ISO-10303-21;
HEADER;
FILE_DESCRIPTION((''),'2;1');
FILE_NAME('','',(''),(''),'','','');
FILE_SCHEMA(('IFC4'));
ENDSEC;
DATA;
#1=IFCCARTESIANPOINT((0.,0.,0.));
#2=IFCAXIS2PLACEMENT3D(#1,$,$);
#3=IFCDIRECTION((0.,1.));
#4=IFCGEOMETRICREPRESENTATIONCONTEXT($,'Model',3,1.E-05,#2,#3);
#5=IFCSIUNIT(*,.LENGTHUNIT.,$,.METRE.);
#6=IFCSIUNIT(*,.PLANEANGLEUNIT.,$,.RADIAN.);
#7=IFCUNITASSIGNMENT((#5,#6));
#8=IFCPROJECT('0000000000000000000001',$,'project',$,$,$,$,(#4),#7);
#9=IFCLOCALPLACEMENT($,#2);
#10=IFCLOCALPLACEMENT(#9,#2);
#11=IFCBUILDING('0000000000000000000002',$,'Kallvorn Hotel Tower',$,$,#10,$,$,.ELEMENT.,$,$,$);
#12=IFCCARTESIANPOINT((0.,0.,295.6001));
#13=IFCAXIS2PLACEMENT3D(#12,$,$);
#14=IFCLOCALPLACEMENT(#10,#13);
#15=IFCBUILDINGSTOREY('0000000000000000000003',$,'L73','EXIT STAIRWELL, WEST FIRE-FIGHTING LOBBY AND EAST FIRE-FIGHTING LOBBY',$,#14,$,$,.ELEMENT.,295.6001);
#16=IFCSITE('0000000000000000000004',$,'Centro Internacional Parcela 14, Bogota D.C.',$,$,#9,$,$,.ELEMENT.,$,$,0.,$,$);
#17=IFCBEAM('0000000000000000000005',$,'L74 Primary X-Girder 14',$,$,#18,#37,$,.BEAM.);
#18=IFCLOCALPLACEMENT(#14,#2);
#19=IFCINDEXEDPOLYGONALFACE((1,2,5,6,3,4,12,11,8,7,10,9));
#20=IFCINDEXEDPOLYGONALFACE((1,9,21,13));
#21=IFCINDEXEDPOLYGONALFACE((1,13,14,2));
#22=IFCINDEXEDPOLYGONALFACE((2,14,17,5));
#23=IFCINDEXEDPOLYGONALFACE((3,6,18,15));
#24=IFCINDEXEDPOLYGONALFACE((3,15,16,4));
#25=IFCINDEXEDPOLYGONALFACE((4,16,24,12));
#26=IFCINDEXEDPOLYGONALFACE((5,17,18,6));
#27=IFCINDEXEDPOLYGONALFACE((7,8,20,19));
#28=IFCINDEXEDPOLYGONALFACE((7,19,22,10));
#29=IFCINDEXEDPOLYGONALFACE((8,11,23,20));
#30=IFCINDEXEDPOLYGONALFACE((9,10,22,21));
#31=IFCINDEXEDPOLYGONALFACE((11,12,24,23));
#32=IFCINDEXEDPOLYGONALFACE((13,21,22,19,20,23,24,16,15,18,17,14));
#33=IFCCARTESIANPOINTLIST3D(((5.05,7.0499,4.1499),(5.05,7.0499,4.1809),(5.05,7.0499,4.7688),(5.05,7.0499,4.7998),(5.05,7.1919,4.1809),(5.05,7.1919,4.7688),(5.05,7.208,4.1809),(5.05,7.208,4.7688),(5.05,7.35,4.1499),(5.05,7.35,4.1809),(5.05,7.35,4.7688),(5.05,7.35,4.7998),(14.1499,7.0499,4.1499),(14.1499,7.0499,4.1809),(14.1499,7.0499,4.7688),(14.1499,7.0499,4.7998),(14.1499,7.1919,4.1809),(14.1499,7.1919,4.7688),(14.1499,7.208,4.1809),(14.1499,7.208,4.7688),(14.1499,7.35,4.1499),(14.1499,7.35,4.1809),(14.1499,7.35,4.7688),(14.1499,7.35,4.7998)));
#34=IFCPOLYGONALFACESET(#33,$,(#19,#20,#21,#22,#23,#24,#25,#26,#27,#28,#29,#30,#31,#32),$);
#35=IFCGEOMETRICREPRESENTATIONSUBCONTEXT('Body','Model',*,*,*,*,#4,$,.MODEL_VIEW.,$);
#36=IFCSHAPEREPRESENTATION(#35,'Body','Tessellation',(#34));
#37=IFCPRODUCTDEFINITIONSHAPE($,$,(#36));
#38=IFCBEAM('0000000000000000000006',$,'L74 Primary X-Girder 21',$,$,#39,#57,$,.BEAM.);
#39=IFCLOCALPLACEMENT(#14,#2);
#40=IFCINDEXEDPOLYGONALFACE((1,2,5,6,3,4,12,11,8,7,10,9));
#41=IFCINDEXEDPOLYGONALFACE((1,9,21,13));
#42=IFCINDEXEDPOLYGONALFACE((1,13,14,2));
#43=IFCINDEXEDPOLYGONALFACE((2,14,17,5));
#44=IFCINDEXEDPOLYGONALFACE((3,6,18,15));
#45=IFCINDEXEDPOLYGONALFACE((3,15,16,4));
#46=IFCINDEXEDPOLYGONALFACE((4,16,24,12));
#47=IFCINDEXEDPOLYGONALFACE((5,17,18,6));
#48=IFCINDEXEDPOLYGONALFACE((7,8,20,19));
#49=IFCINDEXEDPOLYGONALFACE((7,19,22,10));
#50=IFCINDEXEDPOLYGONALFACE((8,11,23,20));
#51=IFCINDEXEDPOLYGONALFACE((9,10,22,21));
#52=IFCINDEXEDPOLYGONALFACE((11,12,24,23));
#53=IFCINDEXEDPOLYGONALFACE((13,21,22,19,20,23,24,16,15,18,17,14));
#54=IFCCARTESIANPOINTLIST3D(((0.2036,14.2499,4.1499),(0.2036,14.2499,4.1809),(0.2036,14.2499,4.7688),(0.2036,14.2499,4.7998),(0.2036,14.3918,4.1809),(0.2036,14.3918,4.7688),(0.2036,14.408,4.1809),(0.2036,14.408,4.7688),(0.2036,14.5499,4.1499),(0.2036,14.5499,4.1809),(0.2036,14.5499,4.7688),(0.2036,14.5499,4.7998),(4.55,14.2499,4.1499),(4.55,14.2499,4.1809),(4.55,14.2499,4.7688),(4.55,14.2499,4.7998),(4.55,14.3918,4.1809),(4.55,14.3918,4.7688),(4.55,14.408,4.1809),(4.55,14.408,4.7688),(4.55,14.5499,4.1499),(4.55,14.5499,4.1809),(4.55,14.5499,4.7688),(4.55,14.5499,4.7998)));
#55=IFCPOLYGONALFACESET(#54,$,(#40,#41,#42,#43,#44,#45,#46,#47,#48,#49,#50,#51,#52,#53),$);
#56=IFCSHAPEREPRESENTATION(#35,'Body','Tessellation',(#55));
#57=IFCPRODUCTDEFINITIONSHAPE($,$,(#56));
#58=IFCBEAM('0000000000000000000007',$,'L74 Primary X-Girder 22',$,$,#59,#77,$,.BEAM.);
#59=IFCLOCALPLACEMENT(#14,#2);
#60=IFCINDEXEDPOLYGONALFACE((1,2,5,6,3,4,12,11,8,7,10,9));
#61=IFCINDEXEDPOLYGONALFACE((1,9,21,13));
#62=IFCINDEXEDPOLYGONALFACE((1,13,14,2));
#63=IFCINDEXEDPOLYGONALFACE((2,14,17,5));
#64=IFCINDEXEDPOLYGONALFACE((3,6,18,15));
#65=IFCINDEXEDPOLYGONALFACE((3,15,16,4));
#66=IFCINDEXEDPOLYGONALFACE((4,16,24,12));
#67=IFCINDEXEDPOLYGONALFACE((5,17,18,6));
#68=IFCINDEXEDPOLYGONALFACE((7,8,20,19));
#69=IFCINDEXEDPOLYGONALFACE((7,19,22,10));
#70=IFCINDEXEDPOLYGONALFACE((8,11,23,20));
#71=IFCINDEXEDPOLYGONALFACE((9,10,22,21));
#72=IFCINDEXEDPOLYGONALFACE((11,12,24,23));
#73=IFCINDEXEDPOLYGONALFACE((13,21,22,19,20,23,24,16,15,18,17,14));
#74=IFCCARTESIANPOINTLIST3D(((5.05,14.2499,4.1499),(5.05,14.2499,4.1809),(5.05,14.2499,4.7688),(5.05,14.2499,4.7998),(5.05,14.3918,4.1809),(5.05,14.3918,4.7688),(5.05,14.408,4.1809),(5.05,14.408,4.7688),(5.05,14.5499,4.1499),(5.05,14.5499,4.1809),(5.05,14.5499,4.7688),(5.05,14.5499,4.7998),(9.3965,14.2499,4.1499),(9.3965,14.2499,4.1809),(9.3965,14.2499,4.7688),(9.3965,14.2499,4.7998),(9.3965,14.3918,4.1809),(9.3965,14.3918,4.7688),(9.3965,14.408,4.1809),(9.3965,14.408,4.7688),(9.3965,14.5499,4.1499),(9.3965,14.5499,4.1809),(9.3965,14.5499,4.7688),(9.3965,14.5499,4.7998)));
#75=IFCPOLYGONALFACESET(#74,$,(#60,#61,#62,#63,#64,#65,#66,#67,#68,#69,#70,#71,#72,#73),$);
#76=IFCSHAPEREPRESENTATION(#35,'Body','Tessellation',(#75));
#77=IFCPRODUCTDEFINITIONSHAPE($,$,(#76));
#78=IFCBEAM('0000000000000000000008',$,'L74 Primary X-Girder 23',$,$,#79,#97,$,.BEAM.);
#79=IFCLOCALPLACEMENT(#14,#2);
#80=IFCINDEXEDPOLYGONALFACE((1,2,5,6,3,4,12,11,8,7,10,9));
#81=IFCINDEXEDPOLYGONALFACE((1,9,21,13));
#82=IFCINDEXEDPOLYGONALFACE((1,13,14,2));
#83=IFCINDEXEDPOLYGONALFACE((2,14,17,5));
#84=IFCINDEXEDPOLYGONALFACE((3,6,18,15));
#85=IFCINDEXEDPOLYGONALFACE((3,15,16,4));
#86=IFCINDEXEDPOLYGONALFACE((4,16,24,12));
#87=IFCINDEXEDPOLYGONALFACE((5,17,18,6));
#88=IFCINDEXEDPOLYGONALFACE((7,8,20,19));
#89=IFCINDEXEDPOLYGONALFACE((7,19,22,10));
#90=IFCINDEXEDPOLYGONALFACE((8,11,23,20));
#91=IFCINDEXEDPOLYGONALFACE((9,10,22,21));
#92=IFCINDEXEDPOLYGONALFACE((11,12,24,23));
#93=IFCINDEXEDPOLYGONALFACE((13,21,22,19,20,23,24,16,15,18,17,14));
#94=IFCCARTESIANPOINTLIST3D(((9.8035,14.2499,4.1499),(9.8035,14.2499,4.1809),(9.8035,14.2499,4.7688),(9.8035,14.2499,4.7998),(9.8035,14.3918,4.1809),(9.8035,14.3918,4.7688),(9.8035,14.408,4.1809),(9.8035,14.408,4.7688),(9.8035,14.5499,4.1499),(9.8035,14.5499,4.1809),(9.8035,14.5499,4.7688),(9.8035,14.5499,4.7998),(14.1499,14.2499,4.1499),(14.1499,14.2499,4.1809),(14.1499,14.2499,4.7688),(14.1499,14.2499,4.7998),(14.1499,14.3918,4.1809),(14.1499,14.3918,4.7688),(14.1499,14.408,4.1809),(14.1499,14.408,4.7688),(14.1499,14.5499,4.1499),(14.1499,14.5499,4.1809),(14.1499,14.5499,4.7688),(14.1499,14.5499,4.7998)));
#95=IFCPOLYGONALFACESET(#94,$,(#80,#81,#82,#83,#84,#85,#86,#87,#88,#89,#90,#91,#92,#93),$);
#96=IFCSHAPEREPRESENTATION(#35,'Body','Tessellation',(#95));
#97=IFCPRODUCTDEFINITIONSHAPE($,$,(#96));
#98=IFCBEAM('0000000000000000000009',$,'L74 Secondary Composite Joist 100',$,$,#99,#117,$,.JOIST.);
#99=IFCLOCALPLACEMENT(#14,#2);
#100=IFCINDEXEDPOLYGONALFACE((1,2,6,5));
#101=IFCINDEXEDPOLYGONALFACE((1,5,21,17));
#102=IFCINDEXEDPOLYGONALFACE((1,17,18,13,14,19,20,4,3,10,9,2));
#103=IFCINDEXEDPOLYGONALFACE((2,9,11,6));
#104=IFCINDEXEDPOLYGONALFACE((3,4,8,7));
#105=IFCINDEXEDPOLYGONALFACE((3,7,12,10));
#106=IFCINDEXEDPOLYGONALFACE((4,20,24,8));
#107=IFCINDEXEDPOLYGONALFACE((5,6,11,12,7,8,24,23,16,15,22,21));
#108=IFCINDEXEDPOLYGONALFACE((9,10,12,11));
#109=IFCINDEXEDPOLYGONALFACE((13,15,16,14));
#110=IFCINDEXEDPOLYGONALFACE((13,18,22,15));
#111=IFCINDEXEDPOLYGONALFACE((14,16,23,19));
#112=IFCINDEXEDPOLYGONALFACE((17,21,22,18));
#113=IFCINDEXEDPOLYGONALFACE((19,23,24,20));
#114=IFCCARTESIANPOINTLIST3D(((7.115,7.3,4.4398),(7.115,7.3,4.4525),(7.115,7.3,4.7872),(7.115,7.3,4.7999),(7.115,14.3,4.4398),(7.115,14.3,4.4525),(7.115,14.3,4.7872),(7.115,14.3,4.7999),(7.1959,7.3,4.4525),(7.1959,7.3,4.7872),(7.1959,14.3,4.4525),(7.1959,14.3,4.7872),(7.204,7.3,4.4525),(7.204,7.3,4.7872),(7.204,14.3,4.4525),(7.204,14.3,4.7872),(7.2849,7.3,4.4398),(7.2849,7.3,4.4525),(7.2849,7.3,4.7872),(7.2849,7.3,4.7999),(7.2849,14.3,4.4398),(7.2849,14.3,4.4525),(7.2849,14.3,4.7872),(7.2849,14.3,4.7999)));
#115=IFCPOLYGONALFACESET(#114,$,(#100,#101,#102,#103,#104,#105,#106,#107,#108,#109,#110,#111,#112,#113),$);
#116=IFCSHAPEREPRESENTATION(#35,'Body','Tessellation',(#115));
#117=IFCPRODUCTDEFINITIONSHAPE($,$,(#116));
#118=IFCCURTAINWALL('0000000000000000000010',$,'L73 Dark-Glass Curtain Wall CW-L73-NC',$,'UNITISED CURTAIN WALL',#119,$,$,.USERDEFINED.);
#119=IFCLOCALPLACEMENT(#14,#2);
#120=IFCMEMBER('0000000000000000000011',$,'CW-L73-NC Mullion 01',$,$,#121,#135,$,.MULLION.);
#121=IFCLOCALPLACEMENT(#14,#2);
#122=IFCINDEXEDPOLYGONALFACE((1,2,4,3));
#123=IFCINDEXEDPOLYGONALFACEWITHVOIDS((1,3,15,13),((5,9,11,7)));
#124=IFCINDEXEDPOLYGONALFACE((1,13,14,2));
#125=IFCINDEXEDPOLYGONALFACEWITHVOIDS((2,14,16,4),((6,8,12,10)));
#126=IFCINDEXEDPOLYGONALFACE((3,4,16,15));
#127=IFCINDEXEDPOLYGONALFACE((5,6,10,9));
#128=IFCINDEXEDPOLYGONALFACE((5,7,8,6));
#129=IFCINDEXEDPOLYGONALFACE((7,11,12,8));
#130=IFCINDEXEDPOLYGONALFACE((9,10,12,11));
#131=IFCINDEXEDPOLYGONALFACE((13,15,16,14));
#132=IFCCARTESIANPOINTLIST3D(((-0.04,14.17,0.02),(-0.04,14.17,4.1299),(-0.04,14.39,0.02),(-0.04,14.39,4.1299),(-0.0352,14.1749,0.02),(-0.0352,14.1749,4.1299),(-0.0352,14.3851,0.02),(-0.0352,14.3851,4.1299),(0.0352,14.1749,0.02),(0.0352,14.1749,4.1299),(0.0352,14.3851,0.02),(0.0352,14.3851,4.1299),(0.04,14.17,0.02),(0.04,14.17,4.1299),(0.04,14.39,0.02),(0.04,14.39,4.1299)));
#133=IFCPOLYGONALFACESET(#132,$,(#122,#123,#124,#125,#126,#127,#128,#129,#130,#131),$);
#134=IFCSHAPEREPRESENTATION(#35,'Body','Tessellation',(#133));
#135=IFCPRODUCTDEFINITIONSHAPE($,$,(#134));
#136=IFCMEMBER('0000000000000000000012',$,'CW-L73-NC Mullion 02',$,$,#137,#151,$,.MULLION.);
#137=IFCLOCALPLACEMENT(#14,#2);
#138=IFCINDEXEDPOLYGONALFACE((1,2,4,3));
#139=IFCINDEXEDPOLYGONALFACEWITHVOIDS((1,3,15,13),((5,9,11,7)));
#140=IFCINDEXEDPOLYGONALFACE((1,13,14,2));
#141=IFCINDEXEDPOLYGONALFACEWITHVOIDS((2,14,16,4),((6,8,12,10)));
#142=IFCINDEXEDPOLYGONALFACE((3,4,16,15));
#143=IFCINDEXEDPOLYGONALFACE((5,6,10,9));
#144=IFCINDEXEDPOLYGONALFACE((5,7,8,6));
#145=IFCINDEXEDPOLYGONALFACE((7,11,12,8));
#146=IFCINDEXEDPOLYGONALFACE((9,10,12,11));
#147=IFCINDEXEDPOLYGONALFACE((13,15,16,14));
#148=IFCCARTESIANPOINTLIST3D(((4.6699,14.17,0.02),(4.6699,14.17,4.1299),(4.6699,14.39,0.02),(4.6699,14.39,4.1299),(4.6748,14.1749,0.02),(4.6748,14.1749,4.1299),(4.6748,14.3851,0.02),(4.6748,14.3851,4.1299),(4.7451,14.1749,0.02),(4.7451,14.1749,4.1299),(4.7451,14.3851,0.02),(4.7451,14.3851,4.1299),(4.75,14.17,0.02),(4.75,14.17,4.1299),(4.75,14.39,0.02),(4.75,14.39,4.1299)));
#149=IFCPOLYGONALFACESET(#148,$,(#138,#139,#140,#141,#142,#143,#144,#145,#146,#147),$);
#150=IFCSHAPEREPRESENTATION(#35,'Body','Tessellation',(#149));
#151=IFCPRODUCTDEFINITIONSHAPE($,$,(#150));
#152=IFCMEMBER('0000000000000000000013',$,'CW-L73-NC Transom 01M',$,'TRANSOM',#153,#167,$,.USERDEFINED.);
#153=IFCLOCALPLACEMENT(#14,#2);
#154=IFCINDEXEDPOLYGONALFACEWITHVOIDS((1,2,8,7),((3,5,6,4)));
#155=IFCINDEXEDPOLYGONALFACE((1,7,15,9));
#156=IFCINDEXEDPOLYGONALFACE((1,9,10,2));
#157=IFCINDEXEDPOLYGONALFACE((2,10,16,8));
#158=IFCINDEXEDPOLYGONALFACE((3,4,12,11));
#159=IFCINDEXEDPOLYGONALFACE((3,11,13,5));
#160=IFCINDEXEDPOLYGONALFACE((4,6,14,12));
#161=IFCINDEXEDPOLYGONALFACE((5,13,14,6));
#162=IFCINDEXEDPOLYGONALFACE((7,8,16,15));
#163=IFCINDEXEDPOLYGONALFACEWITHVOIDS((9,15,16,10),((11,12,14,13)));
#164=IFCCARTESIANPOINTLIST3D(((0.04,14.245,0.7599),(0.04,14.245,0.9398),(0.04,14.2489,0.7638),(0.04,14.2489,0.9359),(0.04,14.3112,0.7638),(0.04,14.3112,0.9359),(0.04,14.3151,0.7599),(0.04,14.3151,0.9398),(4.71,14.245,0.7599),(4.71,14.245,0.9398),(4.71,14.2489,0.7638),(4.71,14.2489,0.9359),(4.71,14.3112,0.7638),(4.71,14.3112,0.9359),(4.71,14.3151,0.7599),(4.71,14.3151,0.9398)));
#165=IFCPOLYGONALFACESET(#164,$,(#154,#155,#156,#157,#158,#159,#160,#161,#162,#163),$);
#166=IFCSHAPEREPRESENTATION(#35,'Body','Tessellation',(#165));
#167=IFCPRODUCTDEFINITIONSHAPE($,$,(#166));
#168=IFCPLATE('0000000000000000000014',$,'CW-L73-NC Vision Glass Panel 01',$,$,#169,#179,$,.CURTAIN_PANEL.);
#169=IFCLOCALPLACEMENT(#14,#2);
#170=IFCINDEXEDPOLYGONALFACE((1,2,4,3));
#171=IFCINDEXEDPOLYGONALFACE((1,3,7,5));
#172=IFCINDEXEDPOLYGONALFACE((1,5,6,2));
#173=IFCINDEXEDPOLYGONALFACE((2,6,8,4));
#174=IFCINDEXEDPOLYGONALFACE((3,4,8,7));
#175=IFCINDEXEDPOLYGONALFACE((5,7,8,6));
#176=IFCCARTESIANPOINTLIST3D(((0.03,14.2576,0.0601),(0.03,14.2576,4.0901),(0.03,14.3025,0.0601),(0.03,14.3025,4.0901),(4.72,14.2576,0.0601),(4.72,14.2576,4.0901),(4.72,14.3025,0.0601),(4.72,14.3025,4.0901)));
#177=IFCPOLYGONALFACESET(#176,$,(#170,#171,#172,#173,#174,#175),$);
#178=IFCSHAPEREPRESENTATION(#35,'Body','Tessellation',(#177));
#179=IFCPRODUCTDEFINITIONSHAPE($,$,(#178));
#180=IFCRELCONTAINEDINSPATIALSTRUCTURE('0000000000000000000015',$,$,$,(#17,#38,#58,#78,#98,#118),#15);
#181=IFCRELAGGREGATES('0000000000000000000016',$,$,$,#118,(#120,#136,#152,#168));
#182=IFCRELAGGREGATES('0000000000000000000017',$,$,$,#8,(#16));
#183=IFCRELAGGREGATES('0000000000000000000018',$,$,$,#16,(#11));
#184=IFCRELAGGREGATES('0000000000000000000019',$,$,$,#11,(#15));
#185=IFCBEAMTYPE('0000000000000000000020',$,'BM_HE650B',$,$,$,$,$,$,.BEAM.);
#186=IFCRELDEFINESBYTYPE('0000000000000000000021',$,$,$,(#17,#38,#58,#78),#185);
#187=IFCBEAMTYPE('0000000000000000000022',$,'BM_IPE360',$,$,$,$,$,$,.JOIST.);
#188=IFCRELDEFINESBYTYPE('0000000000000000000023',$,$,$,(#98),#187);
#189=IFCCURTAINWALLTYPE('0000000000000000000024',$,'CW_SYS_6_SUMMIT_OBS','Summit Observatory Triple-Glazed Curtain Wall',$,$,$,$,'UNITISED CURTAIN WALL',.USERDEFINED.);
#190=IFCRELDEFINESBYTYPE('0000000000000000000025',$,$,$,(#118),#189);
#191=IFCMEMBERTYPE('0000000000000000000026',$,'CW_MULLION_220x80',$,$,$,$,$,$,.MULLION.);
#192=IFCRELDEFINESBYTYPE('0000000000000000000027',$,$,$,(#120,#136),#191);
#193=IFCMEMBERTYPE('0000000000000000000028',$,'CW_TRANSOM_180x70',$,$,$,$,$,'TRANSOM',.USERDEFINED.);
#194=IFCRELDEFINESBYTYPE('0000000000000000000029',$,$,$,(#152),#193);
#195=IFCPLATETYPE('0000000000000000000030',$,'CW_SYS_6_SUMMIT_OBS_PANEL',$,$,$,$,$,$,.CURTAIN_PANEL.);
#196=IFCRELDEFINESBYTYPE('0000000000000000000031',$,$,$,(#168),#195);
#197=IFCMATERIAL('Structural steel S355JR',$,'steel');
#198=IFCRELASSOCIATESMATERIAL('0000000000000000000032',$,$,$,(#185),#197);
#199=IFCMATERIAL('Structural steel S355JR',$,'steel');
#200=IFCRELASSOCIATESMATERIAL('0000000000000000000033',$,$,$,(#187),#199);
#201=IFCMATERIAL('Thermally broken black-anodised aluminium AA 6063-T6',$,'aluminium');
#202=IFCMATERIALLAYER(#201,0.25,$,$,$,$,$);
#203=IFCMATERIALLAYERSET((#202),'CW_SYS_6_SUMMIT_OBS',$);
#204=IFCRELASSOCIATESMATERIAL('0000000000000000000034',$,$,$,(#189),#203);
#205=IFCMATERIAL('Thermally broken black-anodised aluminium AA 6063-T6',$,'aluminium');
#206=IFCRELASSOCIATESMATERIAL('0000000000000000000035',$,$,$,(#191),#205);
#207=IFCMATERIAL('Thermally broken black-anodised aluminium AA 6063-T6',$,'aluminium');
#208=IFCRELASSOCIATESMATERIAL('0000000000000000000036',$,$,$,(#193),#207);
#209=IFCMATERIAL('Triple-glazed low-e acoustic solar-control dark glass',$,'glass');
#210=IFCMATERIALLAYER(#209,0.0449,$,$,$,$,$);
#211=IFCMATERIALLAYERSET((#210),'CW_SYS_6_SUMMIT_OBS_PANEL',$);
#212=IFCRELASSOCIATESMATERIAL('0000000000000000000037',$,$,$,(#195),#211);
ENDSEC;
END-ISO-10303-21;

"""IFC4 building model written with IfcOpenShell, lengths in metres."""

from ifc_helpers import new_model, si_unit, direction, frame, origin, origin_2d, place, context, subcontext, project, spatial, rectangle, hollow_rectangle, i_section, extrude, material, layer, layer_set, material_profile, profile_set, type_object, element, aggregate, save


model = new_model("IFC4")

# Units and contexts
model_context = context("Model", 3, precision=1e-05, world=origin(), true_north=direction((0.0, 1.0)))
body_context = subcontext(model_context, "Body", "Model", "MODEL_VIEW")
ifc_project = project(units=[si_unit("LENGTHUNIT", "METRE"), si_unit("PLANEANGLEUNIT", "RADIAN")], contexts=[model_context])

# Site, building, storey
site_placement = place(None, origin())
site = spatial("IfcSite", under=ifc_project, at=site_placement, Name="Centro Internacional Parcela 14, Bogota D.C.", CompositionType="ELEMENT", RefElevation=0.0)
building_placement = place(site_placement, origin())
building = spatial("IfcBuilding", under=site, at=building_placement, Name="Kallvorn Hotel Tower", CompositionType="ELEMENT")
storey_placement = place(building_placement, frame((0.0, 0.0, 295.6001)))
storey = spatial("IfcBuildingStorey", under=building, at=storey_placement, Name="L73", Description="EXIT STAIRWELL, WEST FIRE-FIGHTING LOBBY AND EAST FIRE-FIGHTING LOBBY", CompositionType="ELEMENT", Elevation=295.6001)

# Beams
ifc_material_1 = material(Name="Structural steel S355JR", Category="steel")
ifc_material_profile_1 = material_profile(ifc_material_1, i_section(OverallWidth=0.3, OverallDepth=0.6499, WebThickness=0.0161, FlangeThickness=0.031, at=origin_2d()), Name="HE 650 B")
ifc_profile_set_1 = profile_set([ifc_material_profile_1], Name="Structural steel S355JR")
beam_type_1 = type_object("IfcBeamType", Name="BM_HE650B", PredefinedType="BEAM", material=ifc_profile_set_1)
beam_1_placement = place(storey_placement, frame((5.05, 7.2, 4.4749), z_axis=(1.0, 0.0, 0.0), x_axis=(0.0, 1.0, 0.0)))
element("IfcBeam", 1, at=beam_1_placement, inside=storey, type_object=beam_type_1, Name="L74 Primary X-Girder 14", PredefinedType="BEAM", context=body_context, shape_type="SweptSolid", body=[
    extrude(i_section(OverallWidth=0.3, OverallDepth=0.6499, WebThickness=0.0161, FlangeThickness=0.031, at=origin_2d()), origin(), (0.0, 0.0, 1.0), 9.0999),
])
for number, where, z_axis, x_axis, name in (
    (2, (0.2036, 14.3999, 4.4749), (1.0, 0.0, 0.0), (0.0, 1.0, 0.0), "L74 Primary X-Girder 21"),
    (3, (5.05, 14.3999, 4.4749), (1.0, 0.0, 0.0), (0.0, 1.0, 0.0), "L74 Primary X-Girder 22"),
    (4, (9.8035, 14.3999, 4.4749), (1.0, 0.0, 0.0), (0.0, 1.0, 0.0), "L74 Primary X-Girder 23"),
):
    element("IfcBeam", number, at=place(storey_placement, frame(where, z_axis=z_axis, x_axis=x_axis)), inside=storey, type_object=beam_type_1, Name=name, PredefinedType="BEAM", context=body_context, shape_type="SweptSolid", body=[
        extrude(i_section(OverallWidth=0.3, OverallDepth=0.6499, WebThickness=0.0161, FlangeThickness=0.031, at=origin_2d()), origin(), (0.0, 0.0, 1.0), 4.3464),
    ])
ifc_material_2 = material(Name="Structural steel S355JR", Category="steel")
ifc_material_profile_2 = material_profile(ifc_material_2, i_section(OverallWidth=0.1699, OverallDepth=0.3601, WebThickness=0.0081, FlangeThickness=0.0127, at=origin_2d()), Name="IPE 360")
ifc_profile_set_2 = profile_set([ifc_material_profile_2], Name="Structural steel S355JR")
beam_type_2 = type_object("IfcBeamType", Name="BM_IPE360", PredefinedType="JOIST", material=ifc_profile_set_2)
beam_2_placement = place(storey_placement, frame((7.2, 7.3, 4.6199), z_axis=(0.0, 1.0, 0.0), x_axis=(-1.0, 0.0, 0.0)))
element("IfcBeam", 5, at=beam_2_placement, inside=storey, type_object=beam_type_2, Name="L74 Secondary Composite Joist 100", PredefinedType="JOIST", context=body_context, shape_type="SweptSolid", body=[
    extrude(i_section(OverallWidth=0.1699, OverallDepth=0.3601, WebThickness=0.0081, FlangeThickness=0.0127, at=origin_2d()), origin(), (0.0, 0.0, 1.0), 7.0),
])

# Curtain wall, members, plate
ifc_material_3 = material(Name="Thermally broken black-anodised aluminium AA 6063-T6", Category="aluminium")
ifc_layer_1 = layer(ifc_material_3, 0.25)
ifc_layer_set_1 = layer_set([ifc_layer_1], Name="CW_SYS_6_SUMMIT_OBS")
curtain_wall_type = type_object("IfcCurtainWallType", Name="CW_SYS_6_SUMMIT_OBS", Description="Summit Observatory Triple-Glazed Curtain Wall", ElementType="UNITISED CURTAIN WALL", PredefinedType="USERDEFINED", material=ifc_layer_set_1)
curtain_wall_placement = place(storey_placement, origin())
curtain_wall = element("IfcCurtainWall", 6, at=curtain_wall_placement, inside=storey, type_object=curtain_wall_type, Name="L73 Dark-Glass Curtain Wall CW-L73-NC", ObjectType="UNITISED CURTAIN WALL", PredefinedType="USERDEFINED")
ifc_material_4 = material(Name="Thermally broken black-anodised aluminium AA 6063-T6", Category="aluminium")
ifc_material_profile_3 = material_profile(ifc_material_4, hollow_rectangle(XDim=0.0801, YDim=0.22, WallThickness=0.0049, at=origin_2d()), Name="MUL 220x80")
ifc_profile_set_3 = profile_set([ifc_material_profile_3], Name="Thermally broken black-anodised aluminium AA 6063-T6")
member_type_1 = type_object("IfcMemberType", Name="CW_MULLION_220x80", PredefinedType="MULLION", material=ifc_profile_set_3)
member_1_placement = place(storey_placement, frame((0.0, 14.28, 0.02), z_axis=(0.0, 0.0, 1.0), x_axis=(1.0, 0.0, 0.0)))
member_1 = element("IfcMember", 7, at=member_1_placement, type_object=member_type_1, Name="CW-L73-NC Mullion 01", PredefinedType="MULLION", context=body_context, shape_type="SweptSolid", body=[
    extrude(hollow_rectangle(XDim=0.0801, YDim=0.22, WallThickness=0.0049, at=origin_2d()), origin(), (0.0, 0.0, 1.0), 4.1099),
])
member_2_placement = place(storey_placement, frame((4.71, 14.28, 0.02), z_axis=(0.0, 0.0, 1.0), x_axis=(1.0, 0.0, 0.0)))
member_2 = element("IfcMember", 8, at=member_2_placement, type_object=member_type_1, Name="CW-L73-NC Mullion 02", PredefinedType="MULLION", context=body_context, shape_type="SweptSolid", body=[
    extrude(hollow_rectangle(XDim=0.0801, YDim=0.22, WallThickness=0.0049, at=origin_2d()), origin(), (0.0, 0.0, 1.0), 4.1099),
])
ifc_material_5 = material(Name="Thermally broken black-anodised aluminium AA 6063-T6", Category="aluminium")
ifc_material_profile_4 = material_profile(ifc_material_5, hollow_rectangle(XDim=0.0701, YDim=0.1799, WallThickness=0.0039, at=origin_2d()), Name="TRN 180x70")
ifc_profile_set_4 = profile_set([ifc_material_profile_4], Name="Thermally broken black-anodised aluminium AA 6063-T6")
member_type_2 = type_object("IfcMemberType", Name="CW_TRANSOM_180x70", ElementType="TRANSOM", PredefinedType="USERDEFINED", material=ifc_profile_set_4)
member_3_placement = place(storey_placement, frame((0.04, 14.28, 0.8499), z_axis=(1.0, 0.0, 0.0), x_axis=(0.0, 1.0, 0.0)))
member_3 = element("IfcMember", 9, at=member_3_placement, type_object=member_type_2, Name="CW-L73-NC Transom 01M", ObjectType="TRANSOM", PredefinedType="USERDEFINED", context=body_context, shape_type="SweptSolid", body=[
    extrude(hollow_rectangle(XDim=0.0701, YDim=0.1799, WallThickness=0.0039, at=origin_2d()), origin(), (0.0, 0.0, 1.0), 4.6699),
])
ifc_material_6 = material(Name="Triple-glazed low-e acoustic solar-control dark glass", Category="glass")
ifc_layer_2 = layer(ifc_material_6, 0.0449)
ifc_layer_set_2 = layer_set([ifc_layer_2], Name="CW_SYS_6_SUMMIT_OBS_PANEL")
plate_type = type_object("IfcPlateType", Name="CW_SYS_6_SUMMIT_OBS_PANEL", PredefinedType="CURTAIN_PANEL", material=ifc_layer_set_2)
plate_placement = place(storey_placement, frame((2.375, 14.28, 0.0601), z_axis=(0.0, 0.0, 1.0), x_axis=(1.0, 0.0, 0.0)))
plate = element("IfcPlate", 10, at=plate_placement, type_object=plate_type, Name="CW-L73-NC Vision Glass Panel 01", PredefinedType="CURTAIN_PANEL", context=body_context, shape_type="SweptSolid", body=[
    extrude(rectangle(XDim=4.6899, YDim=0.0449, at=origin_2d()), origin(), (0.0, 0.0, 1.0), 4.03),
])
aggregate(curtain_wall, [member_1, member_2, member_3, plate])

save(model, "model.ifc")
